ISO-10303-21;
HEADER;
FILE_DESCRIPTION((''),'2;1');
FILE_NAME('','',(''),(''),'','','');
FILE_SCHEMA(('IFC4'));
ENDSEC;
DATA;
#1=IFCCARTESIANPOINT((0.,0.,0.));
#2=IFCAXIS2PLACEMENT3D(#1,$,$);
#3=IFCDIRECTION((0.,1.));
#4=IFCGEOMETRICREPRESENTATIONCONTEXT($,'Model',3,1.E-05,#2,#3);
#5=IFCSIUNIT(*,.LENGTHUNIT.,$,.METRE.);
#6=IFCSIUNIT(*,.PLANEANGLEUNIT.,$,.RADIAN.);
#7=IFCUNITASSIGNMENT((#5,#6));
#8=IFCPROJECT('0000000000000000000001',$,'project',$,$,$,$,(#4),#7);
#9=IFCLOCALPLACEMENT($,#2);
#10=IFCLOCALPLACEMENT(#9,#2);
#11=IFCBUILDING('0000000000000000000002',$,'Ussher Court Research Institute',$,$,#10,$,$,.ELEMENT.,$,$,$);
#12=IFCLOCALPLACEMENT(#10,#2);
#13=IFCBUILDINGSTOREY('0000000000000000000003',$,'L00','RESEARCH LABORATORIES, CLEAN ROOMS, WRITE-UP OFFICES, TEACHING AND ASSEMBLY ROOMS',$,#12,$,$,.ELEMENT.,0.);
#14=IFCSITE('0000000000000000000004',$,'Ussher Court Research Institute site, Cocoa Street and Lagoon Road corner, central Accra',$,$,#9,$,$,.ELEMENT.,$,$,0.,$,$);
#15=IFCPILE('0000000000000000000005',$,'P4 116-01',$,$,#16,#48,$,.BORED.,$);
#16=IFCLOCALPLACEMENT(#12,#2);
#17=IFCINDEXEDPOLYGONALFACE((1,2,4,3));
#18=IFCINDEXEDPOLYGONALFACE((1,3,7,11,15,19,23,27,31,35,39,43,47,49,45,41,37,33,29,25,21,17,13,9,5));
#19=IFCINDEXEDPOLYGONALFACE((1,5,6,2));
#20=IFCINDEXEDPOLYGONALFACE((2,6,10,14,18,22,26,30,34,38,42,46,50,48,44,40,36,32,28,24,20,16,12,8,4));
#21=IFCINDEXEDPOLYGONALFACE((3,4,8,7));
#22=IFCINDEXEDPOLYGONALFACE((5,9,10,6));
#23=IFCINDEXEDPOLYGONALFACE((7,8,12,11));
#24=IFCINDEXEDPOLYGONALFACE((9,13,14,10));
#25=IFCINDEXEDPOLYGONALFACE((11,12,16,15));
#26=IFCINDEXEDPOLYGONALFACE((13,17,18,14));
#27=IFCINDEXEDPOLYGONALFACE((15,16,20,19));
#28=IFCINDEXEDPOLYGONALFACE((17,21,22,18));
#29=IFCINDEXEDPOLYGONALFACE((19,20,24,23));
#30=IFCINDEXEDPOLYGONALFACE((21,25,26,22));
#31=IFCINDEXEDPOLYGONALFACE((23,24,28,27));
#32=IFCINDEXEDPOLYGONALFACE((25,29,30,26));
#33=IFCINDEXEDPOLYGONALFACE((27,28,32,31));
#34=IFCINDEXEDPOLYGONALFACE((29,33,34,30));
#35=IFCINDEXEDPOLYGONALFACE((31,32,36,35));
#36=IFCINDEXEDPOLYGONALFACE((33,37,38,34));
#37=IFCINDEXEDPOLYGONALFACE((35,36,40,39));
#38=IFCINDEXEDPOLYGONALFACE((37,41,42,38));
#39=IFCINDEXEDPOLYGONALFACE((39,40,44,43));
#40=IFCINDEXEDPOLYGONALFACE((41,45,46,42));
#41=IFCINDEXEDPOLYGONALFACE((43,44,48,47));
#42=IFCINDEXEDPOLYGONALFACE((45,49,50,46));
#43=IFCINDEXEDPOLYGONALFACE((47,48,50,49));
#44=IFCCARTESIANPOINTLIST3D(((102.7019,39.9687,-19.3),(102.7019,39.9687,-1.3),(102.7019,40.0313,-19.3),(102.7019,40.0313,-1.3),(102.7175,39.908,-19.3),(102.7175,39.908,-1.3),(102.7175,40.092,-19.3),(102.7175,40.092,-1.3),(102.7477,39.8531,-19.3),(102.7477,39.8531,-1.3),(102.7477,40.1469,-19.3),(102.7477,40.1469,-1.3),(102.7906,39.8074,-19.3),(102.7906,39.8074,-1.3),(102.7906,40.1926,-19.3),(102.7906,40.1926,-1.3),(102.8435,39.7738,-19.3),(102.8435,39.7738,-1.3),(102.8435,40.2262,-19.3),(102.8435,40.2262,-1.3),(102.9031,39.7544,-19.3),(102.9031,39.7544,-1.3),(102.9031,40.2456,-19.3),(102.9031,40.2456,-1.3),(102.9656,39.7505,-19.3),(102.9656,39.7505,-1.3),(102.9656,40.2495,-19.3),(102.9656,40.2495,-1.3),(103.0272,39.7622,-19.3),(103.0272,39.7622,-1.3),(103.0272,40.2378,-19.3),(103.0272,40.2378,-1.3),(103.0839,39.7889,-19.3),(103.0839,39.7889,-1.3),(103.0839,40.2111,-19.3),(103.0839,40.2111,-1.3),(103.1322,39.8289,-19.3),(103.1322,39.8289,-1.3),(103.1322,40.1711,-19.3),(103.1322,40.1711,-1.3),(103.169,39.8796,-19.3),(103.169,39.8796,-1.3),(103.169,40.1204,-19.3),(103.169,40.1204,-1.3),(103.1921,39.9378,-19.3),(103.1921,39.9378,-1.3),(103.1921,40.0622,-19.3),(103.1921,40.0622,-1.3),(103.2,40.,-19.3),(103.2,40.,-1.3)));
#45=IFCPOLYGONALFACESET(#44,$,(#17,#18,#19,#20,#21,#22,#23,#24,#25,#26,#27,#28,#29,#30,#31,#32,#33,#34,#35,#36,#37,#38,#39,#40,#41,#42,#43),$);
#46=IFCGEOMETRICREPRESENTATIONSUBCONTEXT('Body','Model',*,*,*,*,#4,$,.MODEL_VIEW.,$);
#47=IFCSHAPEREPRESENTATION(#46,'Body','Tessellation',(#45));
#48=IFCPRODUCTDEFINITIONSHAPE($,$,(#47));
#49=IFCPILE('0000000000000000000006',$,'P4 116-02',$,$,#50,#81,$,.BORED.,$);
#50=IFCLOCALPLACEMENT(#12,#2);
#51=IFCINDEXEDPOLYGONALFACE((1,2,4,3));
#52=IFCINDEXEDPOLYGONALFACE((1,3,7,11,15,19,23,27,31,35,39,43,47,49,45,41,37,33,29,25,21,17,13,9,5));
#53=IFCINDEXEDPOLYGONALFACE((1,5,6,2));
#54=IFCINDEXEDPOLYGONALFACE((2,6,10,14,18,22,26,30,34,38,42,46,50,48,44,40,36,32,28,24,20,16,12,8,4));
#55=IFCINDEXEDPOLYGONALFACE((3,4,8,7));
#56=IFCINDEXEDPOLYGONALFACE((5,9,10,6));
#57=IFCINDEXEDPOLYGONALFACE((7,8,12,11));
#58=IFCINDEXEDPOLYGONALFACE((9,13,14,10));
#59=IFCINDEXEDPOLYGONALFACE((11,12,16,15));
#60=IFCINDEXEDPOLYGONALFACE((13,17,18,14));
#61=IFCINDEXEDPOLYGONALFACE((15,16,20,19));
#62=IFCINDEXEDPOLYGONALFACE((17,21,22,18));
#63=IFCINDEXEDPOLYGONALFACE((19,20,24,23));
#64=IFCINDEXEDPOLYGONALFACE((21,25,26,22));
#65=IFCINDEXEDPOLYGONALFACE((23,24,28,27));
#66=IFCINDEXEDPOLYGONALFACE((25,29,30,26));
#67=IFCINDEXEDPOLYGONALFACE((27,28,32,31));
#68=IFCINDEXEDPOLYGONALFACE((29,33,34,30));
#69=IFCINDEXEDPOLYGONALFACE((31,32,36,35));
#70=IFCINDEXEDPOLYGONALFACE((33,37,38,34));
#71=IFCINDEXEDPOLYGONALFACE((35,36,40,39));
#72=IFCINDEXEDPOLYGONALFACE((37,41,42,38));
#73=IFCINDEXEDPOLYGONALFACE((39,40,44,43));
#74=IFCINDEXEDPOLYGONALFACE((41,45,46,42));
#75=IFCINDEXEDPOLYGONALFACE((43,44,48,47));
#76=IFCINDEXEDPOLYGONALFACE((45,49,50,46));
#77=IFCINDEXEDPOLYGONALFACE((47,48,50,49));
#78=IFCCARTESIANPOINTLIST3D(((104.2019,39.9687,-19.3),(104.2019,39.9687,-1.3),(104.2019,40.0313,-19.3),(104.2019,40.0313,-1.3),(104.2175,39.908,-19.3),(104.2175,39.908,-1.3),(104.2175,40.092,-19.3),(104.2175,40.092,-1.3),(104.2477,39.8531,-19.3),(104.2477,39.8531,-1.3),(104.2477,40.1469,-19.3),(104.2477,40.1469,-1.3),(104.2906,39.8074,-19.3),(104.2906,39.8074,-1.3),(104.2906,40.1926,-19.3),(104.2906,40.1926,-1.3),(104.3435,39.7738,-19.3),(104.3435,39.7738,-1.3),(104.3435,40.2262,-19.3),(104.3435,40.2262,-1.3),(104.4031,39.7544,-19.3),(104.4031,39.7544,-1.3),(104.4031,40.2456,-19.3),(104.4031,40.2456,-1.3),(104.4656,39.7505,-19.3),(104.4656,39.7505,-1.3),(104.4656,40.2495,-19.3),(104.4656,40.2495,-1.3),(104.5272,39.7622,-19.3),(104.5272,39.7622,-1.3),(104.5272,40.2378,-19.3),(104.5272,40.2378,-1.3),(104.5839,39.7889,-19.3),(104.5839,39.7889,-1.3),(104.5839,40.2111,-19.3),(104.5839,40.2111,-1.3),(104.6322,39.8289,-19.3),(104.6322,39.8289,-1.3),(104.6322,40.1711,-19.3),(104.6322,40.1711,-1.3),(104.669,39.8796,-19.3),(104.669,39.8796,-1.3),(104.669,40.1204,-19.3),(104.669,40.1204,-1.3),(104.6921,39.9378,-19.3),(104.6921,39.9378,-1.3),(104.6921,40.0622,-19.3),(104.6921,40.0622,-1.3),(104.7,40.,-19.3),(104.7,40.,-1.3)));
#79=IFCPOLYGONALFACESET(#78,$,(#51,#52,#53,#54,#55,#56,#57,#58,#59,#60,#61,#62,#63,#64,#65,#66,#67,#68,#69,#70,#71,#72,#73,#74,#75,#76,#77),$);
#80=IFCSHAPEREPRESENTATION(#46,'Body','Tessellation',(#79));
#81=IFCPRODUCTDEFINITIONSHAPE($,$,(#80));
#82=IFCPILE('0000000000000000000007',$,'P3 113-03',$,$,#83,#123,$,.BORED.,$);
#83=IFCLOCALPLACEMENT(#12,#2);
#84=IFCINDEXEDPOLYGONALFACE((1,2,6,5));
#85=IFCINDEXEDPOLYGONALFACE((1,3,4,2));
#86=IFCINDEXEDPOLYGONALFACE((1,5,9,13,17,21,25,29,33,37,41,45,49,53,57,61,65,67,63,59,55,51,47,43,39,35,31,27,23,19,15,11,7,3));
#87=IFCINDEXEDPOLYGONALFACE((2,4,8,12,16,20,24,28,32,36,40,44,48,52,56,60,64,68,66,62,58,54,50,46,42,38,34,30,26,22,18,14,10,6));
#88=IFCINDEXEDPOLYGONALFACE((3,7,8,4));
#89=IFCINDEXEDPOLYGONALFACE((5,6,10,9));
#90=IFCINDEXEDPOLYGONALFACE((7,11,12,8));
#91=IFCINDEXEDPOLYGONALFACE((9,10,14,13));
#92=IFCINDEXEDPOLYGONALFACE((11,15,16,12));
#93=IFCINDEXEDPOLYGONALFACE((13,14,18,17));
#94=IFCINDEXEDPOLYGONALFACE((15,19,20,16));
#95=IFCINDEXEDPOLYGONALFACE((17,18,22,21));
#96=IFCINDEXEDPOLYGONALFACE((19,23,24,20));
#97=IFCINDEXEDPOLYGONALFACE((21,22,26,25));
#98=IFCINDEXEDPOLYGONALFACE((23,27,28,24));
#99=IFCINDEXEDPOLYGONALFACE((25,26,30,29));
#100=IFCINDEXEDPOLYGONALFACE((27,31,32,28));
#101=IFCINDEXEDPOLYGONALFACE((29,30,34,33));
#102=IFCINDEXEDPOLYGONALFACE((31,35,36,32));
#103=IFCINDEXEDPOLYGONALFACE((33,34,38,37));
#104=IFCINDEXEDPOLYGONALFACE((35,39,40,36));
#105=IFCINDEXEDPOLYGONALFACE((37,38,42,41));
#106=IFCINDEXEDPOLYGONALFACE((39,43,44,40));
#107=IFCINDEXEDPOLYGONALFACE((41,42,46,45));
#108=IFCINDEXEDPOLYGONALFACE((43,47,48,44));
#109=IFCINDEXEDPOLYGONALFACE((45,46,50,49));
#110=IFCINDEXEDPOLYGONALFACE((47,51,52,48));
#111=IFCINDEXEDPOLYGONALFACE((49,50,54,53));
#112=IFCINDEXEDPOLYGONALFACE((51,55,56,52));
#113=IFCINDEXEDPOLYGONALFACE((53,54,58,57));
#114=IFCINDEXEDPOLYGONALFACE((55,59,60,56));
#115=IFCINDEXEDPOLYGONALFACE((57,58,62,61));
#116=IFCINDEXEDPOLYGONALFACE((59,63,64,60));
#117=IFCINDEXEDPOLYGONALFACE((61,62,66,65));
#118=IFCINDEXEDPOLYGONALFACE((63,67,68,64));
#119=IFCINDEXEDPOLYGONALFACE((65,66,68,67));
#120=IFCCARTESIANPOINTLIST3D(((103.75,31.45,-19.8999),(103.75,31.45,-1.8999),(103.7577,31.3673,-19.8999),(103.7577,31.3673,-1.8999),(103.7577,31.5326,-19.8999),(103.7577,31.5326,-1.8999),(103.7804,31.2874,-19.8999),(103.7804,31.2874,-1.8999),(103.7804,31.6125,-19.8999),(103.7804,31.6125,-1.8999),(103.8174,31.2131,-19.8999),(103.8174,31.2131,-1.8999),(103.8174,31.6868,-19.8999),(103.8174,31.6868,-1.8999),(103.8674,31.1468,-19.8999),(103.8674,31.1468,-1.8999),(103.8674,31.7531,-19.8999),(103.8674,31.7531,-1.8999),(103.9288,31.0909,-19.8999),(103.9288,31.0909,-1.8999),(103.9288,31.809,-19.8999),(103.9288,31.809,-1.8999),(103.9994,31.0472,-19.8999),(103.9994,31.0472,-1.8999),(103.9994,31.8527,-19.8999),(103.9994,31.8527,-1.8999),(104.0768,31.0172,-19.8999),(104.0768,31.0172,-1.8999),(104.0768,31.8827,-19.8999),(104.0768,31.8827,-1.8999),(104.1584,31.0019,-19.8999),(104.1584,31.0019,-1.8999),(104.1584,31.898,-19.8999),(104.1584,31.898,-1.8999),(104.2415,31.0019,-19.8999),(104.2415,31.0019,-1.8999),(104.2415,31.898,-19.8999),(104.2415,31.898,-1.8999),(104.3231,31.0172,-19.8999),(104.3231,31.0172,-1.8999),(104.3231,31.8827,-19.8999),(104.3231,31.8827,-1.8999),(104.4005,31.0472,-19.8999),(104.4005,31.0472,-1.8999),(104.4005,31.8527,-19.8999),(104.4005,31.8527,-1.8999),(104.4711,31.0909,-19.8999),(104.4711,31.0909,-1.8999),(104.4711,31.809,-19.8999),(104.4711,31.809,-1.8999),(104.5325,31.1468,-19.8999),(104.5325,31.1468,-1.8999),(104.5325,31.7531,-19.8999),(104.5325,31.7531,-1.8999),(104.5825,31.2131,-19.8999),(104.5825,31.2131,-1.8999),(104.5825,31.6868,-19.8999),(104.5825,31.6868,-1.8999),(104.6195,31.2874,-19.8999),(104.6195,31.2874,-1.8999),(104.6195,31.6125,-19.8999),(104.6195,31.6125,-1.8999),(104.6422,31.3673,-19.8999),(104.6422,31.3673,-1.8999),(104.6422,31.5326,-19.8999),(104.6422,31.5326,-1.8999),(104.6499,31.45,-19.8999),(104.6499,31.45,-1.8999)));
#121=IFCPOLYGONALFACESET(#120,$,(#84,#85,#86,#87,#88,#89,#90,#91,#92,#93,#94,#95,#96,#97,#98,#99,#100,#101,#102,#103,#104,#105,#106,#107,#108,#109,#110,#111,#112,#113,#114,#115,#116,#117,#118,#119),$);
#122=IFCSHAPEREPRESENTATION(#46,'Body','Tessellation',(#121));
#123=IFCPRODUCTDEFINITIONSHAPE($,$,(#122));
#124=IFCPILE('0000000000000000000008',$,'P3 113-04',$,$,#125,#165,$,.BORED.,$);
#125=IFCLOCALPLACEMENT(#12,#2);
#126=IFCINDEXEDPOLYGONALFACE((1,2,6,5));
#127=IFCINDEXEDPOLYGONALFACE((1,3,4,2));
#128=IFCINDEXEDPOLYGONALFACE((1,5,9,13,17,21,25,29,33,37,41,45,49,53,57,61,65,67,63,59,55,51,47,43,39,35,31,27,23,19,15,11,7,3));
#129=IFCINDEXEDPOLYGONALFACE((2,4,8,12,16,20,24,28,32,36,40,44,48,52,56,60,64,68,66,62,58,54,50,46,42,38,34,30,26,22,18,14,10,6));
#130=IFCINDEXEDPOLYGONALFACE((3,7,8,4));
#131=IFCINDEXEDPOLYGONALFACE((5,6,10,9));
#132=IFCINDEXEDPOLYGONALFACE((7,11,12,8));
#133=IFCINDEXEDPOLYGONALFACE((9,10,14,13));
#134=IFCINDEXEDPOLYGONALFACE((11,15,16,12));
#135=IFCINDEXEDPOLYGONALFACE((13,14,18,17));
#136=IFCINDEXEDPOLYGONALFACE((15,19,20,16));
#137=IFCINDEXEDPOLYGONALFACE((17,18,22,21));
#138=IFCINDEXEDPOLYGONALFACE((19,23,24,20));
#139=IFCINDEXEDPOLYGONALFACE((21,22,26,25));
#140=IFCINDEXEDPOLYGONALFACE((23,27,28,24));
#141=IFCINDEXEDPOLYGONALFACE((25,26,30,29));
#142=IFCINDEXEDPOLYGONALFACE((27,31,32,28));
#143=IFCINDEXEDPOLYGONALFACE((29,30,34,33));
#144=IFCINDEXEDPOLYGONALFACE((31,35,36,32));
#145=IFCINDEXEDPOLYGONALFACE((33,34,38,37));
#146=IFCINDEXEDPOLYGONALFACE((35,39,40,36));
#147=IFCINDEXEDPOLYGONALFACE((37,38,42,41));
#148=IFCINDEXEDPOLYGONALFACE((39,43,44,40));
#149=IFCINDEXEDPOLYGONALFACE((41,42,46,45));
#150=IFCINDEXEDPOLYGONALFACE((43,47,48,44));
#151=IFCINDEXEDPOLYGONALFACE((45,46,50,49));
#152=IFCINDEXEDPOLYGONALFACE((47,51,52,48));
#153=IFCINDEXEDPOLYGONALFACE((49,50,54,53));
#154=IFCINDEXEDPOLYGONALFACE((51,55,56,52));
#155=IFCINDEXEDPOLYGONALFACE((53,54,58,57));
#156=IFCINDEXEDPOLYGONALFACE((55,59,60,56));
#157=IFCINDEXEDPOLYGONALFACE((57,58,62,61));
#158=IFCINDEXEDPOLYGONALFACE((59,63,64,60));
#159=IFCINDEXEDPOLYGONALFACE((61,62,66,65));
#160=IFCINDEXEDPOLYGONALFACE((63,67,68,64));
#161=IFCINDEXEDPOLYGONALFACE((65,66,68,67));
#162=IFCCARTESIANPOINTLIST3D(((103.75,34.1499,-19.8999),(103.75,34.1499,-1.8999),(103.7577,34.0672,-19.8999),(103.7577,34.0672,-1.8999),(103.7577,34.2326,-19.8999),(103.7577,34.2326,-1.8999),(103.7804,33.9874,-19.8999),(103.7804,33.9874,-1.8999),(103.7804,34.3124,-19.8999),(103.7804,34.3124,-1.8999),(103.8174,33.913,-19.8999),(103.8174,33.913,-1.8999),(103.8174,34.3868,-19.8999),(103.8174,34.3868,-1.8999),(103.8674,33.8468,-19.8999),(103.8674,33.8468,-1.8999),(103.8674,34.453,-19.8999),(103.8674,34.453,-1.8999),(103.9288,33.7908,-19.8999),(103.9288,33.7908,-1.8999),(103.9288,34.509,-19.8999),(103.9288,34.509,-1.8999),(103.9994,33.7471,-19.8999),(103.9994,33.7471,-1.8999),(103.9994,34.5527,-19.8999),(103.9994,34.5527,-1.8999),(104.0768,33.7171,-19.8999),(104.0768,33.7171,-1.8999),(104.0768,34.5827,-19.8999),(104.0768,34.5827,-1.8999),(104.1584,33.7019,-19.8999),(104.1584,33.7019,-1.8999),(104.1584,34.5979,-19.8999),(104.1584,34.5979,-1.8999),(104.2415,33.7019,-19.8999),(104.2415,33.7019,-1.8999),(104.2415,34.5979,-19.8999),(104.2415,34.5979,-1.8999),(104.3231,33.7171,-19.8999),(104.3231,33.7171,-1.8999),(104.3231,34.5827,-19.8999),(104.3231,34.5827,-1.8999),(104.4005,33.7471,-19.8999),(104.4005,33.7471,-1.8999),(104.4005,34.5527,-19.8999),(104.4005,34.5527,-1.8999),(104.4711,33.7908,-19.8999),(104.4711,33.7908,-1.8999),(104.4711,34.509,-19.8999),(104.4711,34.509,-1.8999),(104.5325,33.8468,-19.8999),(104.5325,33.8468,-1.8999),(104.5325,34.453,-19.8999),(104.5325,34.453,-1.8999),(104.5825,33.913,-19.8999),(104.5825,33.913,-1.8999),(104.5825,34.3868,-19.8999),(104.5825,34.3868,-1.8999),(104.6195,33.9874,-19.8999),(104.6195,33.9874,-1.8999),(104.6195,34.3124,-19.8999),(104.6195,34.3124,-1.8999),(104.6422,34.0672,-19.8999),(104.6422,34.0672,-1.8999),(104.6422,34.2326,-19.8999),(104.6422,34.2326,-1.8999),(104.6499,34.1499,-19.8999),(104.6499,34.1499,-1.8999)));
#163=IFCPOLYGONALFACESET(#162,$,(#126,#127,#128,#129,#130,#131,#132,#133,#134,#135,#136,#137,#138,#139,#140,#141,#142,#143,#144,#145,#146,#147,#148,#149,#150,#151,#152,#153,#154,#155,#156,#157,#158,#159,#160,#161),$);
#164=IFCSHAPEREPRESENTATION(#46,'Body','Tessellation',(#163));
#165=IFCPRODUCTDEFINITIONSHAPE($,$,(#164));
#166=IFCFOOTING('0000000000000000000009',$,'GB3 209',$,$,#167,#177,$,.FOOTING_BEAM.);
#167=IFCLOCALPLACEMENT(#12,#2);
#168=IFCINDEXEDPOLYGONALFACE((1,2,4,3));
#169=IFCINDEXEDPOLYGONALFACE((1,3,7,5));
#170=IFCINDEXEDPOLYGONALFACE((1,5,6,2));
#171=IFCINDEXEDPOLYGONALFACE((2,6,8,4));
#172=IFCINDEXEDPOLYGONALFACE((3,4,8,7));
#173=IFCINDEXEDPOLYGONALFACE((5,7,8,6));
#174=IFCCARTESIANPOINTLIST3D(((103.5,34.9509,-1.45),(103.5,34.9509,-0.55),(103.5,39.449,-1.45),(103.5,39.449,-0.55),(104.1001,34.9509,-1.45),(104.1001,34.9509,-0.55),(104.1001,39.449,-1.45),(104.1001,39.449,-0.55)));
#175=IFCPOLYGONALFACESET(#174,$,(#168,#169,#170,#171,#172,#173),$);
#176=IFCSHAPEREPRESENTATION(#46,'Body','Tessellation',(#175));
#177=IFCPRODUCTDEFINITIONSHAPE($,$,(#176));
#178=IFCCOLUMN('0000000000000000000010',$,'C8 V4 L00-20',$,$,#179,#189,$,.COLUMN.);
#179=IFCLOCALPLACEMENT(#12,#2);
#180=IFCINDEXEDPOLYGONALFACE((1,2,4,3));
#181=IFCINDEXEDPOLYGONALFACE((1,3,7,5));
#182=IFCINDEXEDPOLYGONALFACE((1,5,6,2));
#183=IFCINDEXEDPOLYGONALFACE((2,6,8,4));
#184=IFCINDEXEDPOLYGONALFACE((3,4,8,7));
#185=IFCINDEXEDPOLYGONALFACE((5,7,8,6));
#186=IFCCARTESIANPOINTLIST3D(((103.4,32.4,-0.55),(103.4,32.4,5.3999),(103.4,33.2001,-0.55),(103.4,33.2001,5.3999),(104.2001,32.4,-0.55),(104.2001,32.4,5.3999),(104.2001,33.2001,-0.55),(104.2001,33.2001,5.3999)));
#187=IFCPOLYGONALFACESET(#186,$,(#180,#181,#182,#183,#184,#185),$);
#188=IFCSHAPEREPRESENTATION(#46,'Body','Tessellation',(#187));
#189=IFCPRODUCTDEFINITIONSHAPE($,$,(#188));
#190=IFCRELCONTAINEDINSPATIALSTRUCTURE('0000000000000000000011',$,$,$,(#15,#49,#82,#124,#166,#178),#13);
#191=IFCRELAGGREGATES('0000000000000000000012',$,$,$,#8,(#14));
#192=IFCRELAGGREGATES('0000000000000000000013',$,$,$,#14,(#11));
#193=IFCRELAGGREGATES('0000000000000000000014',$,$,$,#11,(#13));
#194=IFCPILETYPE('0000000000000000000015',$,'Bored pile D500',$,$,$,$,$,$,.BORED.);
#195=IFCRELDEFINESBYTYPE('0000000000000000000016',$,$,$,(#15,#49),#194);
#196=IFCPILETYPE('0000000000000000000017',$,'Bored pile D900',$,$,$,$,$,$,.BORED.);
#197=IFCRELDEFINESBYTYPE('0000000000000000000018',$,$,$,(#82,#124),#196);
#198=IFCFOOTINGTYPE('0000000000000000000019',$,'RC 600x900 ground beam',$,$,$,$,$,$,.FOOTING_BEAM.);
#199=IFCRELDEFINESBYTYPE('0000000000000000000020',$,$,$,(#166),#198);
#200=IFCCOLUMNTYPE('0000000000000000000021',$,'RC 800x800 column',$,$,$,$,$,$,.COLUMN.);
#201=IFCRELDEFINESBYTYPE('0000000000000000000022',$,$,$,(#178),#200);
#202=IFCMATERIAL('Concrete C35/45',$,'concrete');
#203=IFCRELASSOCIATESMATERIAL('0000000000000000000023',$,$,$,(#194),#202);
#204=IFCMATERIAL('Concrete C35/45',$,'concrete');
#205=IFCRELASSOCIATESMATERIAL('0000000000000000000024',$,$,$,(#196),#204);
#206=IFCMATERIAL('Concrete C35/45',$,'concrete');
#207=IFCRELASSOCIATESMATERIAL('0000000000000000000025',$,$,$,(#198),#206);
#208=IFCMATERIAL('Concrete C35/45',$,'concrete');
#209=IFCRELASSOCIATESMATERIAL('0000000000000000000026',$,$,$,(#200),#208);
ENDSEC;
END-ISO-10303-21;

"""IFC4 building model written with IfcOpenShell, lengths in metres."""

from ifc_helpers import new_model, si_unit, direction, frame, origin, origin_2d, place, context, subcontext, project, spatial, rectangle, circle, extrude, material, material_profile, profile_set, type_object, element, save


model = new_model("IFC4")

# Units and contexts
model_context = context("Model", 3, precision=1e-05, world=origin(), true_north=direction((0.0, 1.0)))
body_context = subcontext(model_context, "Body", "Model", "MODEL_VIEW")
ifc_project = project(units=[si_unit("LENGTHUNIT", "METRE"), si_unit("PLANEANGLEUNIT", "RADIAN")], contexts=[model_context])

# Site, building, storey
site_placement = place(None, origin())
site = spatial("IfcSite", under=ifc_project, at=site_placement, Name="Ussher Court Research Institute site, Cocoa Street and Lagoon Road corner, central Accra", CompositionType="ELEMENT", RefElevation=0.0)
building_placement = place(site_placement, origin())
building = spatial("IfcBuilding", under=site, at=building_placement, Name="Ussher Court Research Institute", CompositionType="ELEMENT")
storey_placement = place(building_placement, origin())
storey = spatial("IfcBuildingStorey", under=building, at=storey_placement, Name="L00", Description="RESEARCH LABORATORIES, CLEAN ROOMS, WRITE-UP OFFICES, TEACHING AND ASSEMBLY ROOMS", CompositionType="ELEMENT", Elevation=0.0)

# Piles
ifc_material_1 = material(Name="Concrete C35/45", Category="concrete")
ifc_material_profile_1 = material_profile(ifc_material_1, circle(Radius=0.25, at=origin_2d()), Name="RC D500")
ifc_profile_set_1 = profile_set([ifc_material_profile_1], Name="Concrete C35/45")
pile_type_1 = type_object("IfcPileType", Name="Bored pile D500", PredefinedType="BORED", material=ifc_profile_set_1)
for number, where, z_axis, x_axis, name in (
    (1, (102.95, 40.0, -1.3), (0.0, 0.0, -1.0), (1.0, 0.0, 0.0), "P4 116-01"),
    (2, (104.45, 40.0, -1.3), (0.0, 0.0, -1.0), (1.0, 0.0, 0.0), "P4 116-02"),
):
    element("IfcPile", number, at=place(storey_placement, frame(where, z_axis=z_axis, x_axis=x_axis)), inside=storey, type_object=pile_type_1, Name=name, PredefinedType="BORED", context=body_context, shape_type="SweptSolid", body=[
        extrude(circle(Radius=0.25, at=origin_2d()), origin(), (0.0, 0.0, 1.0), 18.0),
    ])
ifc_material_2 = material(Name="Concrete C35/45", Category="concrete")
ifc_material_profile_2 = material_profile(ifc_material_2, circle(Radius=0.45, at=origin_2d()), Name="RC D900")
ifc_profile_set_2 = profile_set([ifc_material_profile_2], Name="Concrete C35/45")
pile_type_2 = type_object("IfcPileType", Name="Bored pile D900", PredefinedType="BORED", material=ifc_profile_set_2)
for number, where, z_axis, x_axis, name in (
    (3, (104.2, 31.45, -1.8999), (0.0, 0.0, -1.0), (1.0, 0.0, 0.0), "P3 113-03"),
    (4, (104.2, 34.1499, -1.8999), (0.0, 0.0, -1.0), (1.0, 0.0, 0.0), "P3 113-04"),
):
    element("IfcPile", number, at=place(storey_placement, frame(where, z_axis=z_axis, x_axis=x_axis)), inside=storey, type_object=pile_type_2, Name=name, PredefinedType="BORED", context=body_context, shape_type="SweptSolid", body=[
        extrude(circle(Radius=0.45, at=origin_2d()), origin(), (0.0, 0.0, 1.0), 18.0),
    ])

# Footing
ifc_material_3 = material(Name="Concrete C35/45", Category="concrete")
ifc_material_profile_3 = material_profile(ifc_material_3, rectangle(XDim=0.6001, YDim=0.8999, at=origin_2d()), Name="RC 600x900")
ifc_profile_set_3 = profile_set([ifc_material_profile_3], Name="Concrete C35/45")
footing_type = type_object("IfcFootingType", Name="RC 600x900 ground beam", PredefinedType="FOOTING_BEAM", material=ifc_profile_set_3)
footing_placement = place(storey_placement, frame((103.8, 34.9509, -1.0), z_axis=(0.0, 1.0, 0.0), x_axis=(-1.0, 0.0, 0.0)))
element("IfcFooting", 5, at=footing_placement, inside=storey, type_object=footing_type, Name="GB3 209", PredefinedType="FOOTING_BEAM", context=body_context, shape_type="SweptSolid", body=[
    extrude(rectangle(XDim=0.6001, YDim=0.8999, at=origin_2d()), origin(), (0.0, 0.0, 1.0), 4.498),
])

# Column
ifc_material_4 = material(Name="Concrete C35/45", Category="concrete")
ifc_material_profile_4 = material_profile(ifc_material_4, rectangle(XDim=0.8, YDim=0.8, at=origin_2d()), Name="RC 800x800")
ifc_profile_set_4 = profile_set([ifc_material_profile_4], Name="Concrete C35/45")
column_type_1 = type_object("IfcColumnType", Name="RC 800x800 column", PredefinedType="COLUMN", material=ifc_profile_set_4)
column_1_placement = place(storey_placement, frame((103.8, 32.8, -0.55), z_axis=(0.0, 0.0, 1.0), x_axis=(1.0, 0.0, 0.0)))
element("IfcColumn", 6, at=column_1_placement, inside=storey, type_object=column_type_1, Name="C8 V4 L00-20", PredefinedType="COLUMN", context=body_context, shape_type="SweptSolid", body=[
    extrude(rectangle(XDim=0.8, YDim=0.8, at=origin_2d()), origin(), (0.0, 0.0, 1.0), 5.95),
])

save(model, "model.ifc")
